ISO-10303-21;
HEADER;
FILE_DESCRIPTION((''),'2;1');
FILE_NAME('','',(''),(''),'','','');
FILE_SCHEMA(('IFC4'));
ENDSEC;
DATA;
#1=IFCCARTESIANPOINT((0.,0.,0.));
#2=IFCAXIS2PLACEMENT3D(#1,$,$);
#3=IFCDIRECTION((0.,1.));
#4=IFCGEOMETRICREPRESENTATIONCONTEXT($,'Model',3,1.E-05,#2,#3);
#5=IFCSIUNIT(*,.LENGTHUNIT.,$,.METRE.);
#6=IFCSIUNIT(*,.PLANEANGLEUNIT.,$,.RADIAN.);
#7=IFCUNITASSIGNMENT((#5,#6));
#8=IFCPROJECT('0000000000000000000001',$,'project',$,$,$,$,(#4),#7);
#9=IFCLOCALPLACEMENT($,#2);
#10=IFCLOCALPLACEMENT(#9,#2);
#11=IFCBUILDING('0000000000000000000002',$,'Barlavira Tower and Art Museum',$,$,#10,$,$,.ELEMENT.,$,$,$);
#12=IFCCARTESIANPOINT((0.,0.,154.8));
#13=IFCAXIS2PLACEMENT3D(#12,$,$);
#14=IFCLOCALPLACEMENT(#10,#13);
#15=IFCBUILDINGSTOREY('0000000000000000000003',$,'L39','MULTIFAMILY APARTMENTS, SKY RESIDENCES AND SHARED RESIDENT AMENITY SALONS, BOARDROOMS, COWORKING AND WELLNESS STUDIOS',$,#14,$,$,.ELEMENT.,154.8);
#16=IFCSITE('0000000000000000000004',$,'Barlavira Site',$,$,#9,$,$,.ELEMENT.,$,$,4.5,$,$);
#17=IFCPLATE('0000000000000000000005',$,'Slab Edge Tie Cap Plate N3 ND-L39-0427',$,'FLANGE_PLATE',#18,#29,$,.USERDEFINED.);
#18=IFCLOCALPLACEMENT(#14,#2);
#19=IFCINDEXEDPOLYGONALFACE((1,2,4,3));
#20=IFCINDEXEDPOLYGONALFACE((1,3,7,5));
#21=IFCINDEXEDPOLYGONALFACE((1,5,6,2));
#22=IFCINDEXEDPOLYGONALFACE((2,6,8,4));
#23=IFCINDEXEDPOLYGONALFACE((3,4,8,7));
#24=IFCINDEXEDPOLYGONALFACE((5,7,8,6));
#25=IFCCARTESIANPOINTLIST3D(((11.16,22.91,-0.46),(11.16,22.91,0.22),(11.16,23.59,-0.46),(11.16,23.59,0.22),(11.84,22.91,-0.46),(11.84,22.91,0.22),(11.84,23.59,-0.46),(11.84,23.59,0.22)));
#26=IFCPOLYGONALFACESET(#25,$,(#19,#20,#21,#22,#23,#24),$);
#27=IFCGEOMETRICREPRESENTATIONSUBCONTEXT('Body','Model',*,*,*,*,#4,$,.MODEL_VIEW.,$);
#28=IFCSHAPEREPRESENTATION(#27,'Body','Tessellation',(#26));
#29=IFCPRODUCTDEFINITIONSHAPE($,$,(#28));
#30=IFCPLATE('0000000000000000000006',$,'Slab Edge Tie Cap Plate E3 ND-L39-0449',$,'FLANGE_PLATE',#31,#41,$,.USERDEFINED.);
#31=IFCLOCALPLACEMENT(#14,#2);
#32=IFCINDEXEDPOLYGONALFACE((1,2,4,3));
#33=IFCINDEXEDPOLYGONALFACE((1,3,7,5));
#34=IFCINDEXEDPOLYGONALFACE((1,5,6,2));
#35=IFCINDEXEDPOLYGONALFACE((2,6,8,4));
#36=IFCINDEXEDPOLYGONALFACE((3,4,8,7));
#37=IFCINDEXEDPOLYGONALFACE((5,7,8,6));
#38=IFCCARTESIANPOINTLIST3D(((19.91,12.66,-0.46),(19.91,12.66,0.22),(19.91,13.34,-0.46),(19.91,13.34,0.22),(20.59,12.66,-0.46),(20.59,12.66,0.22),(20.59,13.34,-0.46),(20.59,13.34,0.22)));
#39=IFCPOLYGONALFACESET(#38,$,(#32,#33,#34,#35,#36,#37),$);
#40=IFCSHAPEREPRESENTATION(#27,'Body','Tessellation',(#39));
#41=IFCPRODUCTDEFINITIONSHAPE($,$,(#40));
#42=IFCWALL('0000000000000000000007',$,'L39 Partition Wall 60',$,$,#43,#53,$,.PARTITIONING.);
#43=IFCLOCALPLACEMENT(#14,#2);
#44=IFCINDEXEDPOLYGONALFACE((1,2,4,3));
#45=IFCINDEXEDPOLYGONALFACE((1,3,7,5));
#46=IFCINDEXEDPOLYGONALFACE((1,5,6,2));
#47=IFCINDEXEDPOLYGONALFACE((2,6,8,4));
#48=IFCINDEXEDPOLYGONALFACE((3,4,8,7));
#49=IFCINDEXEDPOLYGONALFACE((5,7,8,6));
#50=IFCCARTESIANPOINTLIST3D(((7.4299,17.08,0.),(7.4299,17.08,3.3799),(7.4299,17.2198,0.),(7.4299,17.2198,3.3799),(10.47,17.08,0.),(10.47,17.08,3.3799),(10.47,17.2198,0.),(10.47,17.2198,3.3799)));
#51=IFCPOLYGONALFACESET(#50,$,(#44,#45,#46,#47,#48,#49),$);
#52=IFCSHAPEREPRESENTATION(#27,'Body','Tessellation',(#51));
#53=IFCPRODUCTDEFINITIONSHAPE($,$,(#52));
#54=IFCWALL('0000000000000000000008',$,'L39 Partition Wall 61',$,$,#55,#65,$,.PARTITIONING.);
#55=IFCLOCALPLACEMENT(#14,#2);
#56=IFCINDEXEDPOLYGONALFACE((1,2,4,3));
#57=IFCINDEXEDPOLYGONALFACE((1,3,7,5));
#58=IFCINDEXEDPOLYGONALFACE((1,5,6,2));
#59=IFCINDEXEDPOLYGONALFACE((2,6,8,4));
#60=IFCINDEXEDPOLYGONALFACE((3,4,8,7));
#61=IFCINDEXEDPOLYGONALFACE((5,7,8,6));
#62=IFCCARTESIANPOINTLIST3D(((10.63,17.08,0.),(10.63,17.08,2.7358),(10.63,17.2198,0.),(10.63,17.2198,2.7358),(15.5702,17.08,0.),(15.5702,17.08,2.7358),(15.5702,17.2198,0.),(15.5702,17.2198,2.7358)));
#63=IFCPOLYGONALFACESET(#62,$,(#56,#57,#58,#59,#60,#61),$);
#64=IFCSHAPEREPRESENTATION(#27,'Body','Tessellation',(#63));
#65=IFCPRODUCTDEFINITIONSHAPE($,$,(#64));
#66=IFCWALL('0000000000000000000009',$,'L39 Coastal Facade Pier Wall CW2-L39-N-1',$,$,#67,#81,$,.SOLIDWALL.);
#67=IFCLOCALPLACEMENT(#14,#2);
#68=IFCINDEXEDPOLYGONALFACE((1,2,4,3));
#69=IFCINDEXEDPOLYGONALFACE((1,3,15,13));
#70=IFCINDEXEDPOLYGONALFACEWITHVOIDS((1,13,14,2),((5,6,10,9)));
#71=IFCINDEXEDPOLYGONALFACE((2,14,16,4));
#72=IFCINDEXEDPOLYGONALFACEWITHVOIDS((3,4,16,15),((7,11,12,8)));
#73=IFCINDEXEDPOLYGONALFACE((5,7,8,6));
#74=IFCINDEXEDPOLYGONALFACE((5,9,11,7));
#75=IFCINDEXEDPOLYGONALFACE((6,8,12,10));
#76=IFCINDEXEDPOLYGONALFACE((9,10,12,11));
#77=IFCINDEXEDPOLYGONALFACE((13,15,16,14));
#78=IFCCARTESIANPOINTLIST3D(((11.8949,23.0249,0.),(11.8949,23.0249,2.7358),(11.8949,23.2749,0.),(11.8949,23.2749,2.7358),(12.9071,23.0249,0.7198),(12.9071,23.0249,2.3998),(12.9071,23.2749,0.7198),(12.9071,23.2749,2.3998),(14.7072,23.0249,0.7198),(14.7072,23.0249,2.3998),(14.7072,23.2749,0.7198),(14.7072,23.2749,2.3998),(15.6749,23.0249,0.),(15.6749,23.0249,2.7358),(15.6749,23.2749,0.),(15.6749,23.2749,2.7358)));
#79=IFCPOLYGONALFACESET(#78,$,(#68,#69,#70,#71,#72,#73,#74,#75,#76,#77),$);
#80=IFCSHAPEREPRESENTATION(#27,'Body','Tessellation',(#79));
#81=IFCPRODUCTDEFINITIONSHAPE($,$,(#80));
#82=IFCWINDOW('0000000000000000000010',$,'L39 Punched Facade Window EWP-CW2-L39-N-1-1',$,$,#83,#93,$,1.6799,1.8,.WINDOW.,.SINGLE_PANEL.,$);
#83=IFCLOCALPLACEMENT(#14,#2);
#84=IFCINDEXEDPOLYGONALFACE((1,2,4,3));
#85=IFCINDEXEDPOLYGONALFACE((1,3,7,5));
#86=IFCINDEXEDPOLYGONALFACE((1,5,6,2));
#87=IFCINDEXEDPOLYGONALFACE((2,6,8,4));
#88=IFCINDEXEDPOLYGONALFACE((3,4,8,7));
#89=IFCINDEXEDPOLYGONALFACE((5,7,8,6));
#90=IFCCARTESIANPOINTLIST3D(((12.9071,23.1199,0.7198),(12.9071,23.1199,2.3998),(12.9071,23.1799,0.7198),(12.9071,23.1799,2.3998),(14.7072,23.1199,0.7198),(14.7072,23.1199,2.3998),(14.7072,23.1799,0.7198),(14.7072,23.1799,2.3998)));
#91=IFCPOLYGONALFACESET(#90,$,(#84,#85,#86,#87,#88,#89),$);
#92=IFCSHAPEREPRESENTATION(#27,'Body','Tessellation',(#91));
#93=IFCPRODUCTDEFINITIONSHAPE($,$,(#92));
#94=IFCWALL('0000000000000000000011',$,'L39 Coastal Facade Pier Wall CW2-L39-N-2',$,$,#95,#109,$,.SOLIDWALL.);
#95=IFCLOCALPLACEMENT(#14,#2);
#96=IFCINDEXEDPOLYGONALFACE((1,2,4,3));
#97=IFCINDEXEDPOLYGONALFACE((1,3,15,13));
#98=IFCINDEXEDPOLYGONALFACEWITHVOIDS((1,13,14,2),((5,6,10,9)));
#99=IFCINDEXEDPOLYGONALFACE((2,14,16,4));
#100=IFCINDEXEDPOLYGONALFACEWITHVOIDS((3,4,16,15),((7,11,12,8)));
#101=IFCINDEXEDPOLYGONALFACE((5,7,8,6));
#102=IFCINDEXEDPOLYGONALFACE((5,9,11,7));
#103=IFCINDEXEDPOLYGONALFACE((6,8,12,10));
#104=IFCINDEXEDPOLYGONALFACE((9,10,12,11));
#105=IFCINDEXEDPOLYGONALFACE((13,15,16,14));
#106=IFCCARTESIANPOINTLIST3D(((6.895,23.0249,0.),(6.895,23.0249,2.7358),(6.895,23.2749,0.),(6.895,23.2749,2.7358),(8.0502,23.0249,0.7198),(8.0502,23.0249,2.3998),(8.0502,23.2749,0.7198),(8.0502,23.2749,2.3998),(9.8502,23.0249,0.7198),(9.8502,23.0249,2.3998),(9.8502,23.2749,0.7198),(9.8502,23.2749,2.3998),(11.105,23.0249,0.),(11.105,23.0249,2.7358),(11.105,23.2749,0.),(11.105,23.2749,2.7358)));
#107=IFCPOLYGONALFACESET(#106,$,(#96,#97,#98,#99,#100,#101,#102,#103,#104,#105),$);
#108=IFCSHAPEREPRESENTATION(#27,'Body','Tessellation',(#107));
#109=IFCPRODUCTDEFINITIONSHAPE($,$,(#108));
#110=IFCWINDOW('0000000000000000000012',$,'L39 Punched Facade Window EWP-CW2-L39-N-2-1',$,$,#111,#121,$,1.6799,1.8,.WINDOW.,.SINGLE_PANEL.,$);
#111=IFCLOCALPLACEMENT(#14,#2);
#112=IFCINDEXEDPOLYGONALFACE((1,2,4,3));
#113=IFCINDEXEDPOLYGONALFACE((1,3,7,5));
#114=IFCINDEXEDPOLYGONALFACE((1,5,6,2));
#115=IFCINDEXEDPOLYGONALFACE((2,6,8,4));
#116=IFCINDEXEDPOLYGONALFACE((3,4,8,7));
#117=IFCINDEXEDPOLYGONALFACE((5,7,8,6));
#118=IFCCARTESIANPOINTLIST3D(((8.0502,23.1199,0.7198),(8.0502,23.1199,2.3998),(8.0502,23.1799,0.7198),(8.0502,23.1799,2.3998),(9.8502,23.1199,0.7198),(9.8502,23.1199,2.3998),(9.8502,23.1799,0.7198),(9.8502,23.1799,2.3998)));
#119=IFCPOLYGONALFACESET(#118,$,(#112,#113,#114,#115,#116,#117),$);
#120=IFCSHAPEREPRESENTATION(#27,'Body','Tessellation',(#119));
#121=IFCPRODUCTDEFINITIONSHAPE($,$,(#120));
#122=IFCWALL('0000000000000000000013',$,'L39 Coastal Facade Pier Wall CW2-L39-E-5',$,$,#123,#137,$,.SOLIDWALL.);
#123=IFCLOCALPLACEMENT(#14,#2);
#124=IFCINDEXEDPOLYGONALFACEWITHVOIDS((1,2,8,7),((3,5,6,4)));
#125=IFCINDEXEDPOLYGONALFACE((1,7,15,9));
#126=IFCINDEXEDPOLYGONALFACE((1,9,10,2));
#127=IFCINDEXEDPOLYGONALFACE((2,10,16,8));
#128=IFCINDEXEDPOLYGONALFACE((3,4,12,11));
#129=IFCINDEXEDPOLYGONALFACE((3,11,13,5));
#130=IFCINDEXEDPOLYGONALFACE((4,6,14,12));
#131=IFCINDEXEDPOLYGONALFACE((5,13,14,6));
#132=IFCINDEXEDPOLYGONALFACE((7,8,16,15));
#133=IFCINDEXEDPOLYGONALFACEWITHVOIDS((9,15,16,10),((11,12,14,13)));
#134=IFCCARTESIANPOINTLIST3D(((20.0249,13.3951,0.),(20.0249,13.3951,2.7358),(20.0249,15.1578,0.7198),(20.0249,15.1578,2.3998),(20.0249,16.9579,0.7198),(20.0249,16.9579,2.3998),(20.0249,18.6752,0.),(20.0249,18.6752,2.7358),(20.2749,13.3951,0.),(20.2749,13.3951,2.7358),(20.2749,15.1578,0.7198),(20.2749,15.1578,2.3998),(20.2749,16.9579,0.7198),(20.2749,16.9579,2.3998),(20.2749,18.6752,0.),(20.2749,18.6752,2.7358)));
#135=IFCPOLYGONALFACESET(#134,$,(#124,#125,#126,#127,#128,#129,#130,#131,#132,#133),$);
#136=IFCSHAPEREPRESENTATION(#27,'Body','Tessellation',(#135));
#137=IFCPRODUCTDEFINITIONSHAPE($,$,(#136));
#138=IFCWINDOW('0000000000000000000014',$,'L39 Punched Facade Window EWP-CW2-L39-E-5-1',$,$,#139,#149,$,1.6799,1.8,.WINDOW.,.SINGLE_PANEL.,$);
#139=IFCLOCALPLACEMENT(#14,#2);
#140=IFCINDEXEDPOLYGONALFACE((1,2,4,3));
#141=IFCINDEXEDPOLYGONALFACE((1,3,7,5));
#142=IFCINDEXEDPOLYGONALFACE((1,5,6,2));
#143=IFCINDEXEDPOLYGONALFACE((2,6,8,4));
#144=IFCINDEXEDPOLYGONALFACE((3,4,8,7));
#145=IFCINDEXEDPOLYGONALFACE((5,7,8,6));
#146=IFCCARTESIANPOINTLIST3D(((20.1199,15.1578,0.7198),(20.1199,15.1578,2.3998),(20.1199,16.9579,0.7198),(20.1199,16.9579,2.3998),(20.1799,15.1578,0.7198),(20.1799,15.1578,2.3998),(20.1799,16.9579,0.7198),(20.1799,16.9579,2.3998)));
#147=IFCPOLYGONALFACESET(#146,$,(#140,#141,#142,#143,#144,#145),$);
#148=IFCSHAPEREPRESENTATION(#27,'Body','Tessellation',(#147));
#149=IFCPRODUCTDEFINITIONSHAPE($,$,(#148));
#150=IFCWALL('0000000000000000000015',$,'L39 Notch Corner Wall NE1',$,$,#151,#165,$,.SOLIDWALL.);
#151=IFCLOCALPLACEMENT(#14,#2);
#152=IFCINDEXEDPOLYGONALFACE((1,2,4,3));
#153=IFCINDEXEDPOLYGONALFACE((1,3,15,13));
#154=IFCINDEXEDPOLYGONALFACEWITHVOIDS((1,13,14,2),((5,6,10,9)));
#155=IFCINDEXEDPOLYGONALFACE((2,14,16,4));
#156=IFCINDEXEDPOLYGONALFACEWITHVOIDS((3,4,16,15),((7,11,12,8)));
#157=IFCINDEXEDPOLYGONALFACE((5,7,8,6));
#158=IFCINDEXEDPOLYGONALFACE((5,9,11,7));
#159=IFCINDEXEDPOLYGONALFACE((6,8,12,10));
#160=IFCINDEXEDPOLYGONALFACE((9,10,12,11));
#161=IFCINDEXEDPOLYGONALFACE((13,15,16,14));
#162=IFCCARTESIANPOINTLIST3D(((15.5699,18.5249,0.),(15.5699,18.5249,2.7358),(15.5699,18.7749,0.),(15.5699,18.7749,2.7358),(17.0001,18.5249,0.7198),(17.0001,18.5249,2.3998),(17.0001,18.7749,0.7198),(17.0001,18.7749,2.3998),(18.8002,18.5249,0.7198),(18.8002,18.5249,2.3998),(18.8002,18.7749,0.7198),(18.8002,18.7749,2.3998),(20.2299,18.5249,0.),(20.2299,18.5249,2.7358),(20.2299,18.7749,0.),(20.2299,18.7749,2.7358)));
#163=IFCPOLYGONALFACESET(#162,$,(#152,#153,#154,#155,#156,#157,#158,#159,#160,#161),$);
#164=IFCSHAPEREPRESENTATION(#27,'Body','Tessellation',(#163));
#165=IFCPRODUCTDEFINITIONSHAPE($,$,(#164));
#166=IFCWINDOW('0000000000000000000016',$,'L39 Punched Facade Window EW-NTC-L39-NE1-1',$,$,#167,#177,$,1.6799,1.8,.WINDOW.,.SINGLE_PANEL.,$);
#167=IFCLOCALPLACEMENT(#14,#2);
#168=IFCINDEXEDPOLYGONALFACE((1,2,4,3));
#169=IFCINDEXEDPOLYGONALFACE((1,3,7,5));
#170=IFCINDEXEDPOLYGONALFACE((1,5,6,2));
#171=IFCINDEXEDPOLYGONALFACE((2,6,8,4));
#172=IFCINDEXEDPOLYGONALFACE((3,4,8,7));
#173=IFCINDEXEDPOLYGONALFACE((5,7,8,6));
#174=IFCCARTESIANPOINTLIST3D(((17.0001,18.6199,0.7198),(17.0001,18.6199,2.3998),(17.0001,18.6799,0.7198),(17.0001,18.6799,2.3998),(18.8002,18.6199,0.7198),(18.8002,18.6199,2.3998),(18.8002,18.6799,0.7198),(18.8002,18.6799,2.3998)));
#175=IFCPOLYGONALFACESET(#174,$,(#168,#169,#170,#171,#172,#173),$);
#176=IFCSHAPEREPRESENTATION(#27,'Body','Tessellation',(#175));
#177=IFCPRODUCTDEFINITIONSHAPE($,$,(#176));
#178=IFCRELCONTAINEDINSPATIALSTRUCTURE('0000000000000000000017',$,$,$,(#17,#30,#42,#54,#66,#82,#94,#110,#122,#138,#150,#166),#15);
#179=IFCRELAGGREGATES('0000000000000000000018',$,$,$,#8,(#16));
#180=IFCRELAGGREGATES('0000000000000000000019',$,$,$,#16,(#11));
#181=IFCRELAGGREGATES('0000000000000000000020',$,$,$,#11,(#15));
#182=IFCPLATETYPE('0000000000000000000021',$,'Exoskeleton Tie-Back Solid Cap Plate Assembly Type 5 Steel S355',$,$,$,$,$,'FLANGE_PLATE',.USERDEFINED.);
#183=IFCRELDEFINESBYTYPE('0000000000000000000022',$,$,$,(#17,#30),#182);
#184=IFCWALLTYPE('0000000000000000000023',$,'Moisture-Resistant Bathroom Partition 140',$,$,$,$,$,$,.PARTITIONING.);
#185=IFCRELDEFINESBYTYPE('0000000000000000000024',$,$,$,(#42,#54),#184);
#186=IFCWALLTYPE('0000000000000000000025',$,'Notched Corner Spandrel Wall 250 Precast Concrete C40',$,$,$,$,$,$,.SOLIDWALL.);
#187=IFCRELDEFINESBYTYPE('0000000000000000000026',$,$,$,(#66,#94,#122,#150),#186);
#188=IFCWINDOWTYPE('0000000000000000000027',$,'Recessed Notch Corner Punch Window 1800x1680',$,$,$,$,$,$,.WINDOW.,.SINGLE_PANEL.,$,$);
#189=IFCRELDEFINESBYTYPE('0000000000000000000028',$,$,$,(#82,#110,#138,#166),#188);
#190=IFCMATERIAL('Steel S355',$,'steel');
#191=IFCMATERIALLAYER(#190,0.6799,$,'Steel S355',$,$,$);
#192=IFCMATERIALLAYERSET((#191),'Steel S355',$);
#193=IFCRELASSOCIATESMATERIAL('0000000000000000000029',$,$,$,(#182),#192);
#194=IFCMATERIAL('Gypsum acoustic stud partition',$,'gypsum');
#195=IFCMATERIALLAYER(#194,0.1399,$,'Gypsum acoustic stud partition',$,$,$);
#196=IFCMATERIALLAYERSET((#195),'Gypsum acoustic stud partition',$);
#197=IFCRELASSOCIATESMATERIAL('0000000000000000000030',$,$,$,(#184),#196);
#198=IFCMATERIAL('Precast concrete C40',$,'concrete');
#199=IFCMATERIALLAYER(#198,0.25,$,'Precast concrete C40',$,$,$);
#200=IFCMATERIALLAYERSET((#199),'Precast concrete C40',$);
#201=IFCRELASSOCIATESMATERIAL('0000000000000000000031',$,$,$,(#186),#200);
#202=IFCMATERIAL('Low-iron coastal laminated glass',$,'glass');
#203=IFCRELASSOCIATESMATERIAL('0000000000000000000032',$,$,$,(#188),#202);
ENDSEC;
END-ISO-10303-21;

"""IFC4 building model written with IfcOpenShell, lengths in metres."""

from ifc_helpers import new_model, si_unit, direction, frame, frame_2d, origin, origin_2d, place, context, subcontext, project, spatial, rectangle, extrude, material, layer, layer_set, type_object, element, fill, save


model = new_model("IFC4")

# Units and contexts
model_context = context("Model", 3, precision=1e-05, world=origin(), true_north=direction((0.0, 1.0)))
body_context = subcontext(model_context, "Body", "Model", "MODEL_VIEW")
ifc_project = project(units=[si_unit("LENGTHUNIT", "METRE"), si_unit("PLANEANGLEUNIT", "RADIAN")], contexts=[model_context])

# Site, building, storey
site_placement = place(None, origin())
site = spatial("IfcSite", under=ifc_project, at=site_placement, Name="Barlavira Site", CompositionType="ELEMENT", RefElevation=4.5)
building_placement = place(site_placement, origin())
building = spatial("IfcBuilding", under=site, at=building_placement, Name="Barlavira Tower and Art Museum", CompositionType="ELEMENT")
storey_placement = place(building_placement, frame((0.0, 0.0, 154.8)))
storey = spatial("IfcBuildingStorey", under=building, at=storey_placement, Name="L39", Description="MULTIFAMILY APARTMENTS, SKY RESIDENCES AND SHARED RESIDENT AMENITY SALONS, BOARDROOMS, COWORKING AND WELLNESS STUDIOS", CompositionType="ELEMENT", Elevation=154.8)

# Shared definitions
ifc_material_1 = material(Name="Steel S355", Category="steel")

# Plates
ifc_layer_1 = layer(ifc_material_1, 0.6799, Name="Steel S355")
ifc_layer_set_1 = layer_set([ifc_layer_1], Name="Steel S355")
plate_type = type_object("IfcPlateType", Name="Exoskeleton Tie-Back Solid Cap Plate Assembly Type 5 Steel S355", ElementType="FLANGE_PLATE", PredefinedType="USERDEFINED", material=ifc_layer_set_1)
for number, where, z_axis, x_axis, name in (
    (1, (11.5, 23.25, -0.46), (0.0, 0.0, 1.0), (1.0, 0.0, 0.0), "Slab Edge Tie Cap Plate N3 ND-L39-0427"),
    (2, (20.25, 13.0, -0.46), (0.0, 0.0, 1.0), (1.0, 0.0, 0.0), "Slab Edge Tie Cap Plate E3 ND-L39-0449"),
):
    element("IfcPlate", number, at=place(storey_placement, frame(where, z_axis=z_axis, x_axis=x_axis)), inside=storey, type_object=plate_type, Name=name, ObjectType="FLANGE_PLATE", PredefinedType="USERDEFINED", context=body_context, shape_type="SweptSolid", body=[
        extrude(rectangle(XDim=0.6799, YDim=0.6799, at=origin_2d()), origin(), (0.0, 0.0, 1.0), 0.6799),
    ])

# Walls
ifc_material_2 = material(Name="Gypsum acoustic stud partition", Category="gypsum")
ifc_layer_2 = layer(ifc_material_2, 0.1399, Name="Gypsum acoustic stud partition")
ifc_layer_set_2 = layer_set([ifc_layer_2], Name="Gypsum acoustic stud partition")
wall_type_1 = type_object("IfcWallType", Name="Moisture-Resistant Bathroom Partition 140", PredefinedType="PARTITIONING", material=ifc_layer_set_2)
wall_1_placement = place(storey_placement, frame((7.4299, 17.1499, 0.0), z_axis=(0.0, 0.0, 1.0), x_axis=(1.0, 0.0, 0.0)))
element("IfcWall", 3, at=wall_1_placement, inside=storey, type_object=wall_type_1, Name="L39 Partition Wall 60", PredefinedType="PARTITIONING", context=body_context, shape_type="SweptSolid", body=[
    extrude(rectangle(XDim=3.04, YDim=0.1399, at=frame_2d((1.52, 0.0))), origin(), (0.0, 0.0, 1.0), 3.3799),
])
wall_2_placement = place(storey_placement, frame((10.6299, 17.1499, 0.0), z_axis=(0.0, 0.0, 1.0), x_axis=(1.0, 0.0, 0.0)))
element("IfcWall", 4, at=wall_2_placement, inside=storey, type_object=wall_type_1, Name="L39 Partition Wall 61", PredefinedType="PARTITIONING", context=body_context, shape_type="SweptSolid", body=[
    extrude(rectangle(XDim=4.9402, YDim=0.1399, at=frame_2d((2.4702, 0.0))), origin(), (0.0, 0.0, 1.0), 2.7358),
])

# Walls, openings, windows
ifc_material_3 = material(Name="Precast concrete C40", Category="concrete")
ifc_layer_3 = layer(ifc_material_3, 0.25, Name="Precast concrete C40")
ifc_layer_set_3 = layer_set([ifc_layer_3], Name="Precast concrete C40")
wall_type_2 = type_object("IfcWallType", Name="Notched Corner Spandrel Wall 250 Precast Concrete C40", PredefinedType="SOLIDWALL", material=ifc_layer_set_3)
wall_3_placement = place(storey_placement, frame((15.675, 23.1499, 0.0), z_axis=(0.0, 0.0, 1.0), x_axis=(-1.0, 0.0, 0.0)))
wall_3 = element("IfcWall", 5, at=wall_3_placement, inside=storey, type_object=wall_type_2, Name="L39 Coastal Facade Pier Wall CW2-L39-N-1", PredefinedType="SOLIDWALL", context=body_context, shape_type="SweptSolid", body=[
    extrude(rectangle(XDim=3.78, YDim=0.25, at=frame_2d((1.8901, 0.0))), origin(), (0.0, 0.0, 1.0), 2.7358),
])
opening_1_placement = place(wall_3_placement, frame((0.968, 0.0, 0.72)))
opening_1 = element("IfcOpeningElement", 6, at=opening_1_placement, cuts=wall_3, PredefinedType="OPENING", context=body_context, shape_type="SweptSolid", body=[
    extrude(rectangle(XDim=1.8, YDim=1.6799, at=frame_2d((0.8999, 0.8398))), frame((0.0, 0.135, 0.0), z_axis=(0.0, -1.0, 0.0), x_axis=(1.0, 0.0, 0.0)), (0.0, 0.0, 1.0), 0.27),
])
ifc_material_4 = material(Name="Low-iron coastal laminated glass", Category="glass")
window_type = type_object("IfcWindowType", Name="Recessed Notch Corner Punch Window 1800x1680", PartitioningType="SINGLE_PANEL", PredefinedType="WINDOW", material=ifc_material_4)
window_1_placement = place(opening_1_placement, origin())
window_1 = element("IfcWindow", 7, at=window_1_placement, inside=storey, type_object=window_type, Name="L39 Punched Facade Window EWP-CW2-L39-N-1-1", OverallHeight=1.6799, OverallWidth=1.8, PartitioningType="SINGLE_PANEL", PredefinedType="WINDOW", context=body_context, shape_type="SweptSolid", body=[
    extrude(rectangle(XDim=1.8, YDim=1.6799, at=frame_2d((0.8999, 0.8398))), frame((0.0, 0.03, 0.0), z_axis=(0.0, -1.0, 0.0), x_axis=(1.0, 0.0, 0.0)), (0.0, 0.0, 1.0), 0.0601),
])
fill(opening_1, window_1)
wall_4_placement = place(storey_placement, frame((11.105, 23.1499, 0.0), z_axis=(0.0, 0.0, 1.0), x_axis=(-1.0, 0.0, 0.0)))
wall_4 = element("IfcWall", 8, at=wall_4_placement, inside=storey, type_object=wall_type_2, Name="L39 Coastal Facade Pier Wall CW2-L39-N-2", PredefinedType="SOLIDWALL", context=body_context, shape_type="SweptSolid", body=[
    extrude(rectangle(XDim=4.21, YDim=0.25, at=frame_2d((2.105, 0.0))), origin(), (0.0, 0.0, 1.0), 2.7358),
])
opening_2_placement = place(wall_4_placement, frame((1.2549, 0.0, 0.72)))
opening_2 = element("IfcOpeningElement", 9, at=opening_2_placement, cuts=wall_4, PredefinedType="OPENING", context=body_context, shape_type="SweptSolid", body=[
    extrude(rectangle(XDim=1.8, YDim=1.6799, at=frame_2d((0.8999, 0.8398))), frame((0.0, 0.135, 0.0), z_axis=(0.0, -1.0, 0.0), x_axis=(1.0, 0.0, 0.0)), (0.0, 0.0, 1.0), 0.27),
])
window_2_placement = place(opening_2_placement, origin())
window_2 = element("IfcWindow", 10, at=window_2_placement, inside=storey, type_object=window_type, Name="L39 Punched Facade Window EWP-CW2-L39-N-2-1", OverallHeight=1.6799, OverallWidth=1.8, PartitioningType="SINGLE_PANEL", PredefinedType="WINDOW", context=body_context, shape_type="SweptSolid", body=[
    extrude(rectangle(XDim=1.8, YDim=1.6799, at=frame_2d((0.8999, 0.8398))), frame((0.0, 0.03, 0.0), z_axis=(0.0, -1.0, 0.0), x_axis=(1.0, 0.0, 0.0)), (0.0, 0.0, 1.0), 0.0601),
])
fill(opening_2, window_2)
wall_5_placement = place(storey_placement, frame((20.1499, 13.395, 0.0), z_axis=(0.0, 0.0, 1.0), x_axis=(0.0, 1.0, 0.0)))
wall_5 = element("IfcWall", 11, at=wall_5_placement, inside=storey, type_object=wall_type_2, Name="L39 Coastal Facade Pier Wall CW2-L39-E-5", PredefinedType="SOLIDWALL", context=body_context, shape_type="SweptSolid", body=[
    extrude(rectangle(XDim=5.28, YDim=0.25, at=frame_2d((2.6401, 0.0))), origin(), (0.0, 0.0, 1.0), 2.7358),
])
opening_3_placement = place(wall_5_placement, frame((1.7629, 0.0, 0.72)))
opening_3 = element("IfcOpeningElement", 12, at=opening_3_placement, cuts=wall_5, PredefinedType="OPENING", context=body_context, shape_type="SweptSolid", body=[
    extrude(rectangle(XDim=1.8, YDim=1.6799, at=frame_2d((0.8999, 0.8398))), frame((0.0, 0.135, 0.0), z_axis=(0.0, -1.0, 0.0), x_axis=(1.0, 0.0, 0.0)), (0.0, 0.0, 1.0), 0.27),
])
window_3_placement = place(opening_3_placement, origin())
window_3 = element("IfcWindow", 13, at=window_3_placement, inside=storey, type_object=window_type, Name="L39 Punched Facade Window EWP-CW2-L39-E-5-1", OverallHeight=1.6799, OverallWidth=1.8, PartitioningType="SINGLE_PANEL", PredefinedType="WINDOW", context=body_context, shape_type="SweptSolid", body=[
    extrude(rectangle(XDim=1.8, YDim=1.6799, at=frame_2d((0.8999, 0.8398))), frame((0.0, 0.03, 0.0), z_axis=(0.0, -1.0, 0.0), x_axis=(1.0, 0.0, 0.0)), (0.0, 0.0, 1.0), 0.0601),
])
fill(opening_3, window_3)
wall_6_placement = place(storey_placement, frame((20.23, 18.6499, 0.0), z_axis=(0.0, 0.0, 1.0), x_axis=(-1.0, 0.0, 0.0)))
wall_6 = element("IfcWall", 14, at=wall_6_placement, inside=storey, type_object=wall_type_2, Name="L39 Notch Corner Wall NE1", PredefinedType="SOLIDWALL", context=body_context, shape_type="SweptSolid", body=[
    extrude(rectangle(XDim=4.6599, YDim=0.25, at=frame_2d((2.3301, 0.0))), origin(), (0.0, 0.0, 1.0), 2.7358),
])
opening_4_placement = place(wall_6_placement, frame((1.4299, 0.0, 0.72)))
opening_4 = element("IfcOpeningElement", 15, at=opening_4_placement, cuts=wall_6, PredefinedType="OPENING", context=body_context, shape_type="SweptSolid", body=[
    extrude(rectangle(XDim=1.8, YDim=1.6799, at=frame_2d((0.8999, 0.8398))), frame((0.0, 0.135, 0.0), z_axis=(0.0, -1.0, 0.0), x_axis=(1.0, 0.0, 0.0)), (0.0, 0.0, 1.0), 0.27),
])
window_4_placement = place(opening_4_placement, origin())
window_4 = element("IfcWindow", 16, at=window_4_placement, inside=storey, type_object=window_type, Name="L39 Punched Facade Window EW-NTC-L39-NE1-1", OverallHeight=1.6799, OverallWidth=1.8, PartitioningType="SINGLE_PANEL", PredefinedType="WINDOW", context=body_context, shape_type="SweptSolid", body=[
    extrude(rectangle(XDim=1.8, YDim=1.6799, at=frame_2d((0.8999, 0.8398))), frame((0.0, 0.03, 0.0), z_axis=(0.0, -1.0, 0.0), x_axis=(1.0, 0.0, 0.0)), (0.0, 0.0, 1.0), 0.0601),
])
fill(opening_4, window_4)

save(model, "model.ifc")
